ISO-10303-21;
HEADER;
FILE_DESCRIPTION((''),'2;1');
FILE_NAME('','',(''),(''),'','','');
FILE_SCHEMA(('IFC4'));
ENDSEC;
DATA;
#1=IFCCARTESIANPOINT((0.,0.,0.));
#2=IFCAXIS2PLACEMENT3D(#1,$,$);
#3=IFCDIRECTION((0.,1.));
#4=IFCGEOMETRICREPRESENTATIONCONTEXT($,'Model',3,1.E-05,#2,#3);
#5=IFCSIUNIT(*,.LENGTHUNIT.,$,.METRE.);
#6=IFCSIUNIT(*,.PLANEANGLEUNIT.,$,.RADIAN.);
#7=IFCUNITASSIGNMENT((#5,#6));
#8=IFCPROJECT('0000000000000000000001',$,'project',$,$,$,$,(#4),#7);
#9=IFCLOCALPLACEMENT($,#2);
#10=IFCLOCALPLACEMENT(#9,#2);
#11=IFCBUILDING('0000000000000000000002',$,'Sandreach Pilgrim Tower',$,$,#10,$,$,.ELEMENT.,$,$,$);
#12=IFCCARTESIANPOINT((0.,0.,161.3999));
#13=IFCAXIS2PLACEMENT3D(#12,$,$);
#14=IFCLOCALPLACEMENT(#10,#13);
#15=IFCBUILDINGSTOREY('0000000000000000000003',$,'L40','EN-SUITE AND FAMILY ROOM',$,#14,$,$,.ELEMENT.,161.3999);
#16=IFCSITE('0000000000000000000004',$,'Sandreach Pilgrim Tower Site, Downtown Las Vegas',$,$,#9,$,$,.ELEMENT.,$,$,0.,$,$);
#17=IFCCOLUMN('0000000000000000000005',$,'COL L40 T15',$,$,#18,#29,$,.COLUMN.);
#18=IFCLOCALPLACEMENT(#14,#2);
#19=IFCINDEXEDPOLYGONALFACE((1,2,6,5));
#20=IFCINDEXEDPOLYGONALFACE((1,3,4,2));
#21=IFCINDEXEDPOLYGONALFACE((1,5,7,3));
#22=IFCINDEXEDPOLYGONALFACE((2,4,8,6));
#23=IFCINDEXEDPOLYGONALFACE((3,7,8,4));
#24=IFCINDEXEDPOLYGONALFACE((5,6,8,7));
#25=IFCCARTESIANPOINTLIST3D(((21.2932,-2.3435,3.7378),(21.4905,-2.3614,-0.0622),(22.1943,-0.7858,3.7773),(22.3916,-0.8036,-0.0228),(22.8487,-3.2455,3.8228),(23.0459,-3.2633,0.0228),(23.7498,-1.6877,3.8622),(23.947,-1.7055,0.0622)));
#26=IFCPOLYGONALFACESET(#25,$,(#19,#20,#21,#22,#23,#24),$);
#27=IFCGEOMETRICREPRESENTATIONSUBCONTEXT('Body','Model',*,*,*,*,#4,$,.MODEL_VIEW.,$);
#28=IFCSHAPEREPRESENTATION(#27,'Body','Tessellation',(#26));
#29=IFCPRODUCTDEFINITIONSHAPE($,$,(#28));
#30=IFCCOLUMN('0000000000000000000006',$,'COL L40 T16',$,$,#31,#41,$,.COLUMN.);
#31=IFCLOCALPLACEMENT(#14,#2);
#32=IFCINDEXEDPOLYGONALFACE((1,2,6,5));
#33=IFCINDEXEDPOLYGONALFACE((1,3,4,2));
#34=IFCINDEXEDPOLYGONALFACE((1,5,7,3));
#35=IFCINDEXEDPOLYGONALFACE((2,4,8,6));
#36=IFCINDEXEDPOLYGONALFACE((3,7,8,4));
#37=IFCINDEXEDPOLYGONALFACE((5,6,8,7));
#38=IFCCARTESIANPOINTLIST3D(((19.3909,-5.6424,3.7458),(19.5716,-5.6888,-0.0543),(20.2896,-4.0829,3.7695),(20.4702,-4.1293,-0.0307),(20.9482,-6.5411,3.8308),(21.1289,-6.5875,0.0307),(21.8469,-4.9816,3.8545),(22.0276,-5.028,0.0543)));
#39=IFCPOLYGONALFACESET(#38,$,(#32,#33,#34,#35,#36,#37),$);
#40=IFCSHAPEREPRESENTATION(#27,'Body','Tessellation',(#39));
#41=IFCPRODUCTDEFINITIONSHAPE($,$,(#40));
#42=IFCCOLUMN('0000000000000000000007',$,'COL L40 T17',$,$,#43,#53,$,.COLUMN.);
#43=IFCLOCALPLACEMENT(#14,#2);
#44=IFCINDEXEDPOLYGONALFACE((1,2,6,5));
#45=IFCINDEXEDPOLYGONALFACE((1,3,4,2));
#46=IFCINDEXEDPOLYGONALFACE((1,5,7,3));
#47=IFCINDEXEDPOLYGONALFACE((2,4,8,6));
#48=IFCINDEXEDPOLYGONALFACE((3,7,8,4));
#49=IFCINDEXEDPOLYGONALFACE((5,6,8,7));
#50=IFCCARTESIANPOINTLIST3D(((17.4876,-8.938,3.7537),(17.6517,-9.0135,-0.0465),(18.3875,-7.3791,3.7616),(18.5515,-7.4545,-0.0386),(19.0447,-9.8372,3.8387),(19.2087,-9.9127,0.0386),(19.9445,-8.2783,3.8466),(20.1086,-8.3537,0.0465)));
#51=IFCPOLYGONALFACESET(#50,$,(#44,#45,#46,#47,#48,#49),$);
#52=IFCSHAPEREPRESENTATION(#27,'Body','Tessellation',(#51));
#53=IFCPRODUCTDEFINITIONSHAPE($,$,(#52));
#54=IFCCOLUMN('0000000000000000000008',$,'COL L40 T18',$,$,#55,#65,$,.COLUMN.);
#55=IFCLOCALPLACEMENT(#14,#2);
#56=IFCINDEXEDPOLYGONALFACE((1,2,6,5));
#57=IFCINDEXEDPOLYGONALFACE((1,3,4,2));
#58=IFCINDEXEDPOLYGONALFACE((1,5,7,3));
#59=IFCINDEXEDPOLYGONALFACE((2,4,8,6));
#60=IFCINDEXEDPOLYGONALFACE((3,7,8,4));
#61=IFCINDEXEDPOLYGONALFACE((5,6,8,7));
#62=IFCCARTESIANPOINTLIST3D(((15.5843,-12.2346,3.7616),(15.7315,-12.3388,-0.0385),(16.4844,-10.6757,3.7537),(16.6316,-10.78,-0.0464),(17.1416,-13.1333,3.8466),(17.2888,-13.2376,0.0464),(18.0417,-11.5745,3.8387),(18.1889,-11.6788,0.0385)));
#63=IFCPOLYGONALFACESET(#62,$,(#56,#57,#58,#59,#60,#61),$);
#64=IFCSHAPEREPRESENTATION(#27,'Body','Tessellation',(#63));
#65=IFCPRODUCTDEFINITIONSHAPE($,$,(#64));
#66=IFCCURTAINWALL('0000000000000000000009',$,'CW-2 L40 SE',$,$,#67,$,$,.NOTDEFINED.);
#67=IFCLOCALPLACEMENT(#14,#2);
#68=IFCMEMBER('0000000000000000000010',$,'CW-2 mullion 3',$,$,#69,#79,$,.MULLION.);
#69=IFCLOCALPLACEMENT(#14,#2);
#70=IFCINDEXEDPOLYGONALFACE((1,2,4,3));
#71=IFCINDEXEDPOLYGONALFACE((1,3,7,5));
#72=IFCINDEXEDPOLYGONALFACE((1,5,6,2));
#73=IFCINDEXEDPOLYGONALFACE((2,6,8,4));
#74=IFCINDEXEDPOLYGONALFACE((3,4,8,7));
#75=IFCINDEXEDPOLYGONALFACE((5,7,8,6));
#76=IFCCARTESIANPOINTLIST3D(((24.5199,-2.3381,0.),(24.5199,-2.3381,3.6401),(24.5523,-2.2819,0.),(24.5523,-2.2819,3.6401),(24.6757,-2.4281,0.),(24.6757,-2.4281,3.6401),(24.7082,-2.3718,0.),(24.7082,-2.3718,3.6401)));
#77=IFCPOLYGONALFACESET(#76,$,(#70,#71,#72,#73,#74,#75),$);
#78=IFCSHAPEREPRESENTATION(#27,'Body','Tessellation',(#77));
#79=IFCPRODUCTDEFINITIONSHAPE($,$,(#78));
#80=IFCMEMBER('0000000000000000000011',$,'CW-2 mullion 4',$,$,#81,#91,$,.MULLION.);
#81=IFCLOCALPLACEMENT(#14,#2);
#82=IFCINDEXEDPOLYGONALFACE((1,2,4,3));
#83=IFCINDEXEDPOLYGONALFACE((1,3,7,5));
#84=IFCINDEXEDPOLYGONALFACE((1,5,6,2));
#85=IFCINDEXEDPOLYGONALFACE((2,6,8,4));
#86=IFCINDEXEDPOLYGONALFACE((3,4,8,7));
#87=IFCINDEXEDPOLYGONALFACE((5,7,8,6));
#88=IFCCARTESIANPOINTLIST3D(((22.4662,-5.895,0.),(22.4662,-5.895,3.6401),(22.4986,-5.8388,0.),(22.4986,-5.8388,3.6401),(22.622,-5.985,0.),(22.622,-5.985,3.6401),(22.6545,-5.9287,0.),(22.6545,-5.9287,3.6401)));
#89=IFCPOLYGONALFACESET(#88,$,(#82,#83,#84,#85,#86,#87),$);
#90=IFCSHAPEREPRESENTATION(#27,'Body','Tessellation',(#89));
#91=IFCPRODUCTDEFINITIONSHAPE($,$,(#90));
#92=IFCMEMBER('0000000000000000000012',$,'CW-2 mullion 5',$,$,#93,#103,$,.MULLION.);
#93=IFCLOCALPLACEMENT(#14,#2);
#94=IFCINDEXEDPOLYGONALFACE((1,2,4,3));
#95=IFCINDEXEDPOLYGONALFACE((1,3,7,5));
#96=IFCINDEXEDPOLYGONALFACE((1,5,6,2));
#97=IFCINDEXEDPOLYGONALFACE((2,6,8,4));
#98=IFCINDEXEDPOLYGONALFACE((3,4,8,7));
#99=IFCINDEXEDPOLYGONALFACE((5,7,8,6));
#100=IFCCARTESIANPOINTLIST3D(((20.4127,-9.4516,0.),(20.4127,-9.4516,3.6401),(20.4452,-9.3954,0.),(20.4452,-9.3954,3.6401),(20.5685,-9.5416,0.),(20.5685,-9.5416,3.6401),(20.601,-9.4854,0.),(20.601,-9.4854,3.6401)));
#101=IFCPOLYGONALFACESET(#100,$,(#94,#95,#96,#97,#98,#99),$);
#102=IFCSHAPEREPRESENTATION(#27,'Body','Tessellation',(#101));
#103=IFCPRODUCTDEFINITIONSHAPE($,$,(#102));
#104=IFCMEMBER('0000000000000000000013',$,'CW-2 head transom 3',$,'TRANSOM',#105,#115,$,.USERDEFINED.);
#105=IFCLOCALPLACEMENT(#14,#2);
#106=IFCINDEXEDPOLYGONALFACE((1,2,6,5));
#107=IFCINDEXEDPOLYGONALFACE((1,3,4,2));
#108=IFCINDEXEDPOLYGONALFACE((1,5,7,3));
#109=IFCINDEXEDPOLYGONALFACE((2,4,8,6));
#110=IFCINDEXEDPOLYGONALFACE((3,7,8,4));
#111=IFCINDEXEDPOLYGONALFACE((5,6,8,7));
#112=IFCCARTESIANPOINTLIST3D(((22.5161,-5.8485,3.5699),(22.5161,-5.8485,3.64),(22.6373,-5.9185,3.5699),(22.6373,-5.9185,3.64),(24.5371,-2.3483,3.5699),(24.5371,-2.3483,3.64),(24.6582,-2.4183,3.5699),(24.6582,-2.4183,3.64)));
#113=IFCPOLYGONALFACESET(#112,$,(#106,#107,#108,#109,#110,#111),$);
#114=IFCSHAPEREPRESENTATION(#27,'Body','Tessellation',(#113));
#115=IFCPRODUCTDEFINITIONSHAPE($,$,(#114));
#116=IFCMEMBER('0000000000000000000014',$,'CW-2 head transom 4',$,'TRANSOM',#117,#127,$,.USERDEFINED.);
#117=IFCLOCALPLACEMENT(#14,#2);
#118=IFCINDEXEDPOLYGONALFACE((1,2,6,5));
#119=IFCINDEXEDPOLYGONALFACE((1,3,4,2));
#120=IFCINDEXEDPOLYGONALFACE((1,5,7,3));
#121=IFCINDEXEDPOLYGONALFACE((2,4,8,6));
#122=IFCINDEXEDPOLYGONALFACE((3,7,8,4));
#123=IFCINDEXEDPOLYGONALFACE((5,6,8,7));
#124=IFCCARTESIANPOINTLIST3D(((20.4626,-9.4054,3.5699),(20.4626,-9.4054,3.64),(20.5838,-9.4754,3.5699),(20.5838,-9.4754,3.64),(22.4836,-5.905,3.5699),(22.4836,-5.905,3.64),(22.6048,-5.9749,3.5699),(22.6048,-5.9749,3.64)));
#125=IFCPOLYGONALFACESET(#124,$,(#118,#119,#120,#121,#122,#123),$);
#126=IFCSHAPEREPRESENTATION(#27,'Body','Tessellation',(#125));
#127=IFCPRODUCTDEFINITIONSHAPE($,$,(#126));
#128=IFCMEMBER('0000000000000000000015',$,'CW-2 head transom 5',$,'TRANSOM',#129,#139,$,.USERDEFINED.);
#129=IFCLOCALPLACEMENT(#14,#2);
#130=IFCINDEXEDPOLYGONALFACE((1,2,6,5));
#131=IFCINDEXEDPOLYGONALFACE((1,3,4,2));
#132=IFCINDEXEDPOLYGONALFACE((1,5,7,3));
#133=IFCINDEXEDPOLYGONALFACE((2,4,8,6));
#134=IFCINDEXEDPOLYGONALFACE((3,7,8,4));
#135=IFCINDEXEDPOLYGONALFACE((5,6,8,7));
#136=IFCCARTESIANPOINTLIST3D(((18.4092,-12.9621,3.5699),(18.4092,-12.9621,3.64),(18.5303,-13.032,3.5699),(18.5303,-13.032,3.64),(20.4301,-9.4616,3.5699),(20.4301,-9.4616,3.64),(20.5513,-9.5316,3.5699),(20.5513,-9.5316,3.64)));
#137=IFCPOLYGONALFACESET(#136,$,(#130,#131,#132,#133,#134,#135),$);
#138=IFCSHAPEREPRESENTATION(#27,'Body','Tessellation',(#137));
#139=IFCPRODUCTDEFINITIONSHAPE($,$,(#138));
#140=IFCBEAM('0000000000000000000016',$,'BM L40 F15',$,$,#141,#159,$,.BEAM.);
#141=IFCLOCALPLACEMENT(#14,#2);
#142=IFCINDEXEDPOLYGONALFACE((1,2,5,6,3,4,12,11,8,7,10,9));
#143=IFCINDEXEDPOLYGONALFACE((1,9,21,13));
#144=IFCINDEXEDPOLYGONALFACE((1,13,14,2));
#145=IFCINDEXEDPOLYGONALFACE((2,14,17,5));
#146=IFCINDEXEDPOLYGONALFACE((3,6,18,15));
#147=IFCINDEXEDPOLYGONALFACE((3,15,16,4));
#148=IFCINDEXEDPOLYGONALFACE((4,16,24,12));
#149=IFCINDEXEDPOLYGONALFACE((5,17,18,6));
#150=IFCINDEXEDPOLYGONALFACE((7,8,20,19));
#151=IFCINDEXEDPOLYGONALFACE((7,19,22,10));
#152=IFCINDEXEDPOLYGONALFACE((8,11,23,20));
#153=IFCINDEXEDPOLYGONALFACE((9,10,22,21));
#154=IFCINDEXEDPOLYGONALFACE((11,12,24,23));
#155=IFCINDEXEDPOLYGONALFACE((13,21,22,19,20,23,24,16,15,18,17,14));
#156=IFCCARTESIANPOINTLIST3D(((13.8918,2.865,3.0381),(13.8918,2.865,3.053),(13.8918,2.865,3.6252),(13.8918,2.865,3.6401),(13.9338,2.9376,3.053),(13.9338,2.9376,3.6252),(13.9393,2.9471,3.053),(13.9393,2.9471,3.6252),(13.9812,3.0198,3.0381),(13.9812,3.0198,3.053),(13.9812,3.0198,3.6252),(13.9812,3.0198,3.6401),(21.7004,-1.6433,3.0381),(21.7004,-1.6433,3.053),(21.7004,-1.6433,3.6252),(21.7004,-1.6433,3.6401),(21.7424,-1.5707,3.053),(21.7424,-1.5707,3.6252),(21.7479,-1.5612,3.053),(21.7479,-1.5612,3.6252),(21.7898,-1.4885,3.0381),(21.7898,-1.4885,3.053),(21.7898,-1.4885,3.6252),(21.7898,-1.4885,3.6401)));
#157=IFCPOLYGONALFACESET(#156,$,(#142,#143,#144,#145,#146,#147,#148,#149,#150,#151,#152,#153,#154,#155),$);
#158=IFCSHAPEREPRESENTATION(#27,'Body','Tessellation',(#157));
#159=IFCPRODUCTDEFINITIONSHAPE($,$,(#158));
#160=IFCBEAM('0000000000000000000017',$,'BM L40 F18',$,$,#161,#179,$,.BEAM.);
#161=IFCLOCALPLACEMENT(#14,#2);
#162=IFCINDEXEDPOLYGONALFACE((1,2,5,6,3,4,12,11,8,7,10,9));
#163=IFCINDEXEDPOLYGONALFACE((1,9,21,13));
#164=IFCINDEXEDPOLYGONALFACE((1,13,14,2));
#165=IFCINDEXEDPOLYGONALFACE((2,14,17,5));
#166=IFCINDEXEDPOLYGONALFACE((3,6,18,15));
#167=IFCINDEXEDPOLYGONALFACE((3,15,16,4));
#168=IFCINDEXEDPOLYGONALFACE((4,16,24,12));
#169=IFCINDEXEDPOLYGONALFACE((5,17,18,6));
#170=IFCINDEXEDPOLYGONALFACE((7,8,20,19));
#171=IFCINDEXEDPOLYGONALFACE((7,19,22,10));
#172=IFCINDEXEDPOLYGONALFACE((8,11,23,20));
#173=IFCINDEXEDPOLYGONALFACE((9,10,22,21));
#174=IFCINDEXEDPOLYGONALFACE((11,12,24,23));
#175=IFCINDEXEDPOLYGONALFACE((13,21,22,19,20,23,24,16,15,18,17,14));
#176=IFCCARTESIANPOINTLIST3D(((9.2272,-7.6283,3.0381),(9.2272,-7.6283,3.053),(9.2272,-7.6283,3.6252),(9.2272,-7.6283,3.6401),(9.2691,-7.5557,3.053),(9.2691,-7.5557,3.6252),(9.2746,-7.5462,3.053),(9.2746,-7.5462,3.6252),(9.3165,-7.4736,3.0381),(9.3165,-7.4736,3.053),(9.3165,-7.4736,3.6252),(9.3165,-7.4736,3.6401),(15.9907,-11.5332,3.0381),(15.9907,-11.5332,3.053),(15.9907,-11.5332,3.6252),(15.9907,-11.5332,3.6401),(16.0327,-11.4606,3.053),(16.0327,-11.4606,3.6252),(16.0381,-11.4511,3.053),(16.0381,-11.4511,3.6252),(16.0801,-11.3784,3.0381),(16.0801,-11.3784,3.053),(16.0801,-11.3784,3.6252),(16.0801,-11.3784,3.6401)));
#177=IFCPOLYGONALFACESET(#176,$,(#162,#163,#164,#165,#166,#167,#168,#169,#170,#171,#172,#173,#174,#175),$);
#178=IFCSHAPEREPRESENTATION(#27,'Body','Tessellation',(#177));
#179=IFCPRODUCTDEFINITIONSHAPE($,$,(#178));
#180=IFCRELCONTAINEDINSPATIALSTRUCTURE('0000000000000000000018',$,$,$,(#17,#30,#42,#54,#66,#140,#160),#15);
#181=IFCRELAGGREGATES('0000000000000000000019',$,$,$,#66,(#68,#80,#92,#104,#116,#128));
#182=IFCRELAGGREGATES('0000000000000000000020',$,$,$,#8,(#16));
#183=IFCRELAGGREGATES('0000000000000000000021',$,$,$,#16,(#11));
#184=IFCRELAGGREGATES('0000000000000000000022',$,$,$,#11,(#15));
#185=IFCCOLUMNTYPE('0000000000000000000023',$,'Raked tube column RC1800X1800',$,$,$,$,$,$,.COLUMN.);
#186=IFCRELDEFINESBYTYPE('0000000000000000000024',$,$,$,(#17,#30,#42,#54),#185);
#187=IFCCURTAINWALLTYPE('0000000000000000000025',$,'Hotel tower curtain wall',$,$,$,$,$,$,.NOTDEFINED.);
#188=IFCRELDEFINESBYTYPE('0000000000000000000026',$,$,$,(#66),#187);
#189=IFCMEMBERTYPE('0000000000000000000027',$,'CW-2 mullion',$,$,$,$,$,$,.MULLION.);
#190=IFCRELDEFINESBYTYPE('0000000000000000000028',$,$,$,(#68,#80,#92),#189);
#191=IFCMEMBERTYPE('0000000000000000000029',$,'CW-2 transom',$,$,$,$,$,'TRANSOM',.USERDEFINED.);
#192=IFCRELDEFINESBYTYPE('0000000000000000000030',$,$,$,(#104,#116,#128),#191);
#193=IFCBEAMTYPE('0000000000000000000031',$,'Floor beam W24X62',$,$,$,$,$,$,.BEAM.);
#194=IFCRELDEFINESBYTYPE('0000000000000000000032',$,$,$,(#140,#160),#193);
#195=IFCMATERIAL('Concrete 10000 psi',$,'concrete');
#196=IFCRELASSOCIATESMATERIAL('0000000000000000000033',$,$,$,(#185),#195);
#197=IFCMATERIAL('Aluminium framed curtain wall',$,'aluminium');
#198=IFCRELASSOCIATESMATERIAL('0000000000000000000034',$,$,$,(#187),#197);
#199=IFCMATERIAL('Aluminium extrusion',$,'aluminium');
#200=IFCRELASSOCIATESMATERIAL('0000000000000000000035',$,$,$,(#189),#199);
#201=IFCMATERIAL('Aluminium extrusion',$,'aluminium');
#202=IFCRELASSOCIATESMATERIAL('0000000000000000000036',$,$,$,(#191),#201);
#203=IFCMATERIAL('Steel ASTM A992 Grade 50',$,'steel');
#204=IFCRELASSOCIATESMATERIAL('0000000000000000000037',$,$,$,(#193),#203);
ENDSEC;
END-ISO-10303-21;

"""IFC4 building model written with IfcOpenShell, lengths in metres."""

from ifc_helpers import new_model, si_unit, direction, frame, origin, origin_2d, place, context, subcontext, project, spatial, rectangle, i_section, extrude, material, material_profile, profile_set, type_object, element, aggregate, save


model = new_model("IFC4")

# Units and contexts
model_context = context("Model", 3, precision=1e-05, world=origin(), true_north=direction((0.0, 1.0)))
body_context = subcontext(model_context, "Body", "Model", "MODEL_VIEW")
ifc_project = project(units=[si_unit("LENGTHUNIT", "METRE"), si_unit("PLANEANGLEUNIT", "RADIAN")], contexts=[model_context])

# Site, building, storey
site_placement = place(None, origin())
site = spatial("IfcSite", under=ifc_project, at=site_placement, Name="Sandreach Pilgrim Tower Site, Downtown Las Vegas", CompositionType="ELEMENT", RefElevation=0.0)
building_placement = place(site_placement, origin())
building = spatial("IfcBuilding", under=site, at=building_placement, Name="Sandreach Pilgrim Tower", CompositionType="ELEMENT")
storey_placement = place(building_placement, frame((0.0, 0.0, 161.3999)))
storey = spatial("IfcBuildingStorey", under=building, at=storey_placement, Name="L40", Description="EN-SUITE AND FAMILY ROOM", CompositionType="ELEMENT", Elevation=161.3999)

# Columns
ifc_material_1 = material(Name="Concrete 10000 psi", Category="concrete")
ifc_material_profile_1 = material_profile(ifc_material_1, rectangle(XDim=1.8, YDim=1.8, at=origin_2d()), Name="RC1800X1800")
ifc_profile_set_1 = profile_set([ifc_material_profile_1], Name="Concrete 10000 psi")
column_type = type_object("IfcColumnType", Name="Raked tube column RC1800X1800", PredefinedType="COLUMN", material=ifc_profile_set_1)
column_1_placement = place(storey_placement, frame((22.7188, -2.0334, 0.0), z_axis=(-0.051841, 0.004684, 0.998644), x_axis=(0.864122, -0.501063, 0.047208)))
element("IfcColumn", 1, at=column_1_placement, inside=storey, type_object=column_type, Name="COL L40 T15", PredefinedType="COLUMN", context=body_context, shape_type="SweptSolid", body=[
    extrude(rectangle(XDim=1.8, YDim=1.8, at=origin_2d()), origin(), (0.0, 0.0, 1.0), 3.8052),
])
column_2_placement = place(storey_placement, frame((20.7996, -5.3584, 0.0), z_axis=(-0.047485, 0.012192, 0.998798), x_axis=(0.865155, -0.499276, 0.047226)))
element("IfcColumn", 2, at=column_2_placement, inside=storey, type_object=column_type, Name="COL L40 T16", PredefinedType="COLUMN", context=body_context, shape_type="SweptSolid", body=[
    extrude(rectangle(XDim=1.8, YDim=1.8, at=origin_2d()), origin(), (0.0, 0.0, 1.0), 3.8047),
])
for number, where, z_axis, x_axis, name in (
    (3, (18.8801, -8.6836, 0.0), (-0.043125, 0.01983, 0.998873), (0.865002, -0.499537, 0.047262), "COL L40 T17"),
    (4, (16.9602, -12.0088, 0.0), (-0.038697, 0.027402, 0.998875), (0.865139, -0.499306, 0.047214), "COL L40 T18"),
):
    element("IfcColumn", number, at=place(storey_placement, frame(where, z_axis=z_axis, x_axis=x_axis)), inside=storey, type_object=column_type, Name=name, PredefinedType="COLUMN", context=body_context, shape_type="SweptSolid", body=[
        extrude(rectangle(XDim=1.8, YDim=1.8, at=origin_2d()), origin(), (0.0, 0.0, 1.0), 3.8044),
    ])

# Curtain wall, members
ifc_material_2 = material(Name="Aluminium framed curtain wall", Category="aluminium")
curtain_wall_type = type_object("IfcCurtainWallType", Name="Hotel tower curtain wall", PredefinedType="NOTDEFINED", material=ifc_material_2)
curtain_wall_placement = place(storey_placement, origin())
curtain_wall = element("IfcCurtainWall", 5, at=curtain_wall_placement, inside=storey, type_object=curtain_wall_type, Name="CW-2 L40 SE", PredefinedType="NOTDEFINED")
ifc_material_3 = material(Name="Aluminium extrusion", Category="aluminium")
ifc_material_profile_2 = material_profile(ifc_material_3, rectangle(XDim=0.0649, YDim=0.1799, at=origin_2d()), Name="CW-2M 65X180")
ifc_profile_set_2 = profile_set([ifc_material_profile_2], Name="Aluminium extrusion")
member_type_1 = type_object("IfcMemberType", Name="CW-2 mullion", PredefinedType="MULLION", material=ifc_profile_set_2)
member_1_placement = place(storey_placement, frame((24.614, -2.355, 0.0), z_axis=(0.0, 0.0, 1.0), x_axis=(-0.5, -0.866025, 0.0)))
member_1 = element("IfcMember", 6, at=member_1_placement, type_object=member_type_1, Name="CW-2 mullion 3", PredefinedType="MULLION", context=body_context, shape_type="SweptSolid", body=[
    extrude(rectangle(XDim=0.0649, YDim=0.1799, at=origin_2d()), origin(), (0.0, 0.0, 1.0), 3.6401),
])
member_2_placement = place(storey_placement, frame((22.5603, -5.9119, 0.0), z_axis=(0.0, 0.0, 1.0), x_axis=(-0.5, -0.866025, 0.0)))
member_2 = element("IfcMember", 7, at=member_2_placement, type_object=member_type_1, Name="CW-2 mullion 4", PredefinedType="MULLION", context=body_context, shape_type="SweptSolid", body=[
    extrude(rectangle(XDim=0.0649, YDim=0.1799, at=origin_2d()), origin(), (0.0, 0.0, 1.0), 3.6401),
])
member_3_placement = place(storey_placement, frame((20.5068, -9.4685, 0.0), z_axis=(0.0, 0.0, 1.0), x_axis=(-0.5, -0.866025, 0.0)))
member_3 = element("IfcMember", 8, at=member_3_placement, type_object=member_type_1, Name="CW-2 mullion 5", PredefinedType="MULLION", context=body_context, shape_type="SweptSolid", body=[
    extrude(rectangle(XDim=0.0649, YDim=0.1799, at=origin_2d()), origin(), (0.0, 0.0, 1.0), 3.6401),
])
ifc_material_4 = material(Name="Aluminium extrusion", Category="aluminium")
ifc_material_profile_3 = material_profile(ifc_material_4, rectangle(XDim=0.1399, YDim=0.0701, at=origin_2d()), Name="CW-2T 140X70")
ifc_profile_set_3 = profile_set([ifc_material_profile_3], Name="Aluminium extrusion")
member_type_2 = type_object("IfcMemberType", Name="CW-2 transom", ElementType="TRANSOM", PredefinedType="USERDEFINED", material=ifc_profile_set_3)
member_4_placement = place(storey_placement, frame((24.5977, -2.3833, 3.605), z_axis=(-0.500024, -0.866012, 0.0), x_axis=(0.866012, -0.500024, 0.0)))
member_4 = element("IfcMember", 9, at=member_4_placement, type_object=member_type_2, Name="CW-2 head transom 3", ObjectType="TRANSOM", PredefinedType="USERDEFINED", context=body_context, shape_type="SweptSolid", body=[
    extrude(rectangle(XDim=0.1399, YDim=0.0701, at=origin_2d()), origin(), (0.0, 0.0, 1.0), 4.0417),
])
member_5_placement = place(storey_placement, frame((22.5442, -5.9399, 3.605), z_axis=(-0.499998, -0.866027, 0.0), x_axis=(0.866027, -0.499998, 0.0)))
member_5 = element("IfcMember", 10, at=member_5_placement, type_object=member_type_2, Name="CW-2 head transom 4", ObjectType="TRANSOM", PredefinedType="USERDEFINED", context=body_context, shape_type="SweptSolid", body=[
    extrude(rectangle(XDim=0.1399, YDim=0.0701, at=origin_2d()), origin(), (0.0, 0.0, 1.0), 4.042),
])
member_6_placement = place(storey_placement, frame((20.4907, -9.4966, 3.605), z_axis=(-0.499998, -0.866027, 0.0), x_axis=(0.866027, -0.499998, 0.0)))
member_6 = element("IfcMember", 11, at=member_6_placement, type_object=member_type_2, Name="CW-2 head transom 5", ObjectType="TRANSOM", PredefinedType="USERDEFINED", context=body_context, shape_type="SweptSolid", body=[
    extrude(rectangle(XDim=0.1399, YDim=0.0701, at=origin_2d()), origin(), (0.0, 0.0, 1.0), 4.042),
])

# Beams
ifc_material_5 = material(Name="Steel ASTM A992 Grade 50", Category="steel")
ifc_material_profile_4 = material_profile(ifc_material_5, i_section(OverallWidth=0.1787, OverallDepth=0.6021, WebThickness=0.011, FlangeThickness=0.0149, at=origin_2d()), Name="W24X62")
ifc_profile_set_4 = profile_set([ifc_material_profile_4], Name="Steel ASTM A992 Grade 50")
beam_type_1 = type_object("IfcBeamType", Name="Floor beam W24X62", PredefinedType="BEAM", material=ifc_profile_set_4)
beam_1_placement = place(storey_placement, frame((21.7451, -1.5659, 3.3391), z_axis=(-0.866025, 0.500001, 0.0), x_axis=(-0.500001, -0.866025, 0.0)))
element("IfcBeam", 12, at=beam_1_placement, inside=storey, type_object=beam_type_1, Name="BM L40 F15", PredefinedType="BEAM", context=body_context, shape_type="SweptSolid", body=[
    extrude(i_section(OverallWidth=0.1787, OverallDepth=0.6021, WebThickness=0.011, FlangeThickness=0.0149, at=origin_2d()), origin(), (0.0, 0.0, 1.0), 9.0166),
])
beam_2_placement = place(storey_placement, frame((16.0354, -11.4558, 3.3391), z_axis=(-0.86603, 0.499992, 0.0), x_axis=(-0.499992, -0.86603, 0.0)))
element("IfcBeam", 13, at=beam_2_placement, inside=storey, type_object=beam_type_1, Name="BM L40 F18", PredefinedType="BEAM", context=body_context, shape_type="SweptSolid", body=[
    extrude(i_section(OverallWidth=0.1787, OverallDepth=0.6021, WebThickness=0.011, FlangeThickness=0.0149, at=origin_2d()), origin(), (0.0, 0.0, 1.0), 7.8098),
])

aggregate(curtain_wall, [member_1, member_2, member_3, member_4, member_5, member_6])

save(model, "model.ifc")
